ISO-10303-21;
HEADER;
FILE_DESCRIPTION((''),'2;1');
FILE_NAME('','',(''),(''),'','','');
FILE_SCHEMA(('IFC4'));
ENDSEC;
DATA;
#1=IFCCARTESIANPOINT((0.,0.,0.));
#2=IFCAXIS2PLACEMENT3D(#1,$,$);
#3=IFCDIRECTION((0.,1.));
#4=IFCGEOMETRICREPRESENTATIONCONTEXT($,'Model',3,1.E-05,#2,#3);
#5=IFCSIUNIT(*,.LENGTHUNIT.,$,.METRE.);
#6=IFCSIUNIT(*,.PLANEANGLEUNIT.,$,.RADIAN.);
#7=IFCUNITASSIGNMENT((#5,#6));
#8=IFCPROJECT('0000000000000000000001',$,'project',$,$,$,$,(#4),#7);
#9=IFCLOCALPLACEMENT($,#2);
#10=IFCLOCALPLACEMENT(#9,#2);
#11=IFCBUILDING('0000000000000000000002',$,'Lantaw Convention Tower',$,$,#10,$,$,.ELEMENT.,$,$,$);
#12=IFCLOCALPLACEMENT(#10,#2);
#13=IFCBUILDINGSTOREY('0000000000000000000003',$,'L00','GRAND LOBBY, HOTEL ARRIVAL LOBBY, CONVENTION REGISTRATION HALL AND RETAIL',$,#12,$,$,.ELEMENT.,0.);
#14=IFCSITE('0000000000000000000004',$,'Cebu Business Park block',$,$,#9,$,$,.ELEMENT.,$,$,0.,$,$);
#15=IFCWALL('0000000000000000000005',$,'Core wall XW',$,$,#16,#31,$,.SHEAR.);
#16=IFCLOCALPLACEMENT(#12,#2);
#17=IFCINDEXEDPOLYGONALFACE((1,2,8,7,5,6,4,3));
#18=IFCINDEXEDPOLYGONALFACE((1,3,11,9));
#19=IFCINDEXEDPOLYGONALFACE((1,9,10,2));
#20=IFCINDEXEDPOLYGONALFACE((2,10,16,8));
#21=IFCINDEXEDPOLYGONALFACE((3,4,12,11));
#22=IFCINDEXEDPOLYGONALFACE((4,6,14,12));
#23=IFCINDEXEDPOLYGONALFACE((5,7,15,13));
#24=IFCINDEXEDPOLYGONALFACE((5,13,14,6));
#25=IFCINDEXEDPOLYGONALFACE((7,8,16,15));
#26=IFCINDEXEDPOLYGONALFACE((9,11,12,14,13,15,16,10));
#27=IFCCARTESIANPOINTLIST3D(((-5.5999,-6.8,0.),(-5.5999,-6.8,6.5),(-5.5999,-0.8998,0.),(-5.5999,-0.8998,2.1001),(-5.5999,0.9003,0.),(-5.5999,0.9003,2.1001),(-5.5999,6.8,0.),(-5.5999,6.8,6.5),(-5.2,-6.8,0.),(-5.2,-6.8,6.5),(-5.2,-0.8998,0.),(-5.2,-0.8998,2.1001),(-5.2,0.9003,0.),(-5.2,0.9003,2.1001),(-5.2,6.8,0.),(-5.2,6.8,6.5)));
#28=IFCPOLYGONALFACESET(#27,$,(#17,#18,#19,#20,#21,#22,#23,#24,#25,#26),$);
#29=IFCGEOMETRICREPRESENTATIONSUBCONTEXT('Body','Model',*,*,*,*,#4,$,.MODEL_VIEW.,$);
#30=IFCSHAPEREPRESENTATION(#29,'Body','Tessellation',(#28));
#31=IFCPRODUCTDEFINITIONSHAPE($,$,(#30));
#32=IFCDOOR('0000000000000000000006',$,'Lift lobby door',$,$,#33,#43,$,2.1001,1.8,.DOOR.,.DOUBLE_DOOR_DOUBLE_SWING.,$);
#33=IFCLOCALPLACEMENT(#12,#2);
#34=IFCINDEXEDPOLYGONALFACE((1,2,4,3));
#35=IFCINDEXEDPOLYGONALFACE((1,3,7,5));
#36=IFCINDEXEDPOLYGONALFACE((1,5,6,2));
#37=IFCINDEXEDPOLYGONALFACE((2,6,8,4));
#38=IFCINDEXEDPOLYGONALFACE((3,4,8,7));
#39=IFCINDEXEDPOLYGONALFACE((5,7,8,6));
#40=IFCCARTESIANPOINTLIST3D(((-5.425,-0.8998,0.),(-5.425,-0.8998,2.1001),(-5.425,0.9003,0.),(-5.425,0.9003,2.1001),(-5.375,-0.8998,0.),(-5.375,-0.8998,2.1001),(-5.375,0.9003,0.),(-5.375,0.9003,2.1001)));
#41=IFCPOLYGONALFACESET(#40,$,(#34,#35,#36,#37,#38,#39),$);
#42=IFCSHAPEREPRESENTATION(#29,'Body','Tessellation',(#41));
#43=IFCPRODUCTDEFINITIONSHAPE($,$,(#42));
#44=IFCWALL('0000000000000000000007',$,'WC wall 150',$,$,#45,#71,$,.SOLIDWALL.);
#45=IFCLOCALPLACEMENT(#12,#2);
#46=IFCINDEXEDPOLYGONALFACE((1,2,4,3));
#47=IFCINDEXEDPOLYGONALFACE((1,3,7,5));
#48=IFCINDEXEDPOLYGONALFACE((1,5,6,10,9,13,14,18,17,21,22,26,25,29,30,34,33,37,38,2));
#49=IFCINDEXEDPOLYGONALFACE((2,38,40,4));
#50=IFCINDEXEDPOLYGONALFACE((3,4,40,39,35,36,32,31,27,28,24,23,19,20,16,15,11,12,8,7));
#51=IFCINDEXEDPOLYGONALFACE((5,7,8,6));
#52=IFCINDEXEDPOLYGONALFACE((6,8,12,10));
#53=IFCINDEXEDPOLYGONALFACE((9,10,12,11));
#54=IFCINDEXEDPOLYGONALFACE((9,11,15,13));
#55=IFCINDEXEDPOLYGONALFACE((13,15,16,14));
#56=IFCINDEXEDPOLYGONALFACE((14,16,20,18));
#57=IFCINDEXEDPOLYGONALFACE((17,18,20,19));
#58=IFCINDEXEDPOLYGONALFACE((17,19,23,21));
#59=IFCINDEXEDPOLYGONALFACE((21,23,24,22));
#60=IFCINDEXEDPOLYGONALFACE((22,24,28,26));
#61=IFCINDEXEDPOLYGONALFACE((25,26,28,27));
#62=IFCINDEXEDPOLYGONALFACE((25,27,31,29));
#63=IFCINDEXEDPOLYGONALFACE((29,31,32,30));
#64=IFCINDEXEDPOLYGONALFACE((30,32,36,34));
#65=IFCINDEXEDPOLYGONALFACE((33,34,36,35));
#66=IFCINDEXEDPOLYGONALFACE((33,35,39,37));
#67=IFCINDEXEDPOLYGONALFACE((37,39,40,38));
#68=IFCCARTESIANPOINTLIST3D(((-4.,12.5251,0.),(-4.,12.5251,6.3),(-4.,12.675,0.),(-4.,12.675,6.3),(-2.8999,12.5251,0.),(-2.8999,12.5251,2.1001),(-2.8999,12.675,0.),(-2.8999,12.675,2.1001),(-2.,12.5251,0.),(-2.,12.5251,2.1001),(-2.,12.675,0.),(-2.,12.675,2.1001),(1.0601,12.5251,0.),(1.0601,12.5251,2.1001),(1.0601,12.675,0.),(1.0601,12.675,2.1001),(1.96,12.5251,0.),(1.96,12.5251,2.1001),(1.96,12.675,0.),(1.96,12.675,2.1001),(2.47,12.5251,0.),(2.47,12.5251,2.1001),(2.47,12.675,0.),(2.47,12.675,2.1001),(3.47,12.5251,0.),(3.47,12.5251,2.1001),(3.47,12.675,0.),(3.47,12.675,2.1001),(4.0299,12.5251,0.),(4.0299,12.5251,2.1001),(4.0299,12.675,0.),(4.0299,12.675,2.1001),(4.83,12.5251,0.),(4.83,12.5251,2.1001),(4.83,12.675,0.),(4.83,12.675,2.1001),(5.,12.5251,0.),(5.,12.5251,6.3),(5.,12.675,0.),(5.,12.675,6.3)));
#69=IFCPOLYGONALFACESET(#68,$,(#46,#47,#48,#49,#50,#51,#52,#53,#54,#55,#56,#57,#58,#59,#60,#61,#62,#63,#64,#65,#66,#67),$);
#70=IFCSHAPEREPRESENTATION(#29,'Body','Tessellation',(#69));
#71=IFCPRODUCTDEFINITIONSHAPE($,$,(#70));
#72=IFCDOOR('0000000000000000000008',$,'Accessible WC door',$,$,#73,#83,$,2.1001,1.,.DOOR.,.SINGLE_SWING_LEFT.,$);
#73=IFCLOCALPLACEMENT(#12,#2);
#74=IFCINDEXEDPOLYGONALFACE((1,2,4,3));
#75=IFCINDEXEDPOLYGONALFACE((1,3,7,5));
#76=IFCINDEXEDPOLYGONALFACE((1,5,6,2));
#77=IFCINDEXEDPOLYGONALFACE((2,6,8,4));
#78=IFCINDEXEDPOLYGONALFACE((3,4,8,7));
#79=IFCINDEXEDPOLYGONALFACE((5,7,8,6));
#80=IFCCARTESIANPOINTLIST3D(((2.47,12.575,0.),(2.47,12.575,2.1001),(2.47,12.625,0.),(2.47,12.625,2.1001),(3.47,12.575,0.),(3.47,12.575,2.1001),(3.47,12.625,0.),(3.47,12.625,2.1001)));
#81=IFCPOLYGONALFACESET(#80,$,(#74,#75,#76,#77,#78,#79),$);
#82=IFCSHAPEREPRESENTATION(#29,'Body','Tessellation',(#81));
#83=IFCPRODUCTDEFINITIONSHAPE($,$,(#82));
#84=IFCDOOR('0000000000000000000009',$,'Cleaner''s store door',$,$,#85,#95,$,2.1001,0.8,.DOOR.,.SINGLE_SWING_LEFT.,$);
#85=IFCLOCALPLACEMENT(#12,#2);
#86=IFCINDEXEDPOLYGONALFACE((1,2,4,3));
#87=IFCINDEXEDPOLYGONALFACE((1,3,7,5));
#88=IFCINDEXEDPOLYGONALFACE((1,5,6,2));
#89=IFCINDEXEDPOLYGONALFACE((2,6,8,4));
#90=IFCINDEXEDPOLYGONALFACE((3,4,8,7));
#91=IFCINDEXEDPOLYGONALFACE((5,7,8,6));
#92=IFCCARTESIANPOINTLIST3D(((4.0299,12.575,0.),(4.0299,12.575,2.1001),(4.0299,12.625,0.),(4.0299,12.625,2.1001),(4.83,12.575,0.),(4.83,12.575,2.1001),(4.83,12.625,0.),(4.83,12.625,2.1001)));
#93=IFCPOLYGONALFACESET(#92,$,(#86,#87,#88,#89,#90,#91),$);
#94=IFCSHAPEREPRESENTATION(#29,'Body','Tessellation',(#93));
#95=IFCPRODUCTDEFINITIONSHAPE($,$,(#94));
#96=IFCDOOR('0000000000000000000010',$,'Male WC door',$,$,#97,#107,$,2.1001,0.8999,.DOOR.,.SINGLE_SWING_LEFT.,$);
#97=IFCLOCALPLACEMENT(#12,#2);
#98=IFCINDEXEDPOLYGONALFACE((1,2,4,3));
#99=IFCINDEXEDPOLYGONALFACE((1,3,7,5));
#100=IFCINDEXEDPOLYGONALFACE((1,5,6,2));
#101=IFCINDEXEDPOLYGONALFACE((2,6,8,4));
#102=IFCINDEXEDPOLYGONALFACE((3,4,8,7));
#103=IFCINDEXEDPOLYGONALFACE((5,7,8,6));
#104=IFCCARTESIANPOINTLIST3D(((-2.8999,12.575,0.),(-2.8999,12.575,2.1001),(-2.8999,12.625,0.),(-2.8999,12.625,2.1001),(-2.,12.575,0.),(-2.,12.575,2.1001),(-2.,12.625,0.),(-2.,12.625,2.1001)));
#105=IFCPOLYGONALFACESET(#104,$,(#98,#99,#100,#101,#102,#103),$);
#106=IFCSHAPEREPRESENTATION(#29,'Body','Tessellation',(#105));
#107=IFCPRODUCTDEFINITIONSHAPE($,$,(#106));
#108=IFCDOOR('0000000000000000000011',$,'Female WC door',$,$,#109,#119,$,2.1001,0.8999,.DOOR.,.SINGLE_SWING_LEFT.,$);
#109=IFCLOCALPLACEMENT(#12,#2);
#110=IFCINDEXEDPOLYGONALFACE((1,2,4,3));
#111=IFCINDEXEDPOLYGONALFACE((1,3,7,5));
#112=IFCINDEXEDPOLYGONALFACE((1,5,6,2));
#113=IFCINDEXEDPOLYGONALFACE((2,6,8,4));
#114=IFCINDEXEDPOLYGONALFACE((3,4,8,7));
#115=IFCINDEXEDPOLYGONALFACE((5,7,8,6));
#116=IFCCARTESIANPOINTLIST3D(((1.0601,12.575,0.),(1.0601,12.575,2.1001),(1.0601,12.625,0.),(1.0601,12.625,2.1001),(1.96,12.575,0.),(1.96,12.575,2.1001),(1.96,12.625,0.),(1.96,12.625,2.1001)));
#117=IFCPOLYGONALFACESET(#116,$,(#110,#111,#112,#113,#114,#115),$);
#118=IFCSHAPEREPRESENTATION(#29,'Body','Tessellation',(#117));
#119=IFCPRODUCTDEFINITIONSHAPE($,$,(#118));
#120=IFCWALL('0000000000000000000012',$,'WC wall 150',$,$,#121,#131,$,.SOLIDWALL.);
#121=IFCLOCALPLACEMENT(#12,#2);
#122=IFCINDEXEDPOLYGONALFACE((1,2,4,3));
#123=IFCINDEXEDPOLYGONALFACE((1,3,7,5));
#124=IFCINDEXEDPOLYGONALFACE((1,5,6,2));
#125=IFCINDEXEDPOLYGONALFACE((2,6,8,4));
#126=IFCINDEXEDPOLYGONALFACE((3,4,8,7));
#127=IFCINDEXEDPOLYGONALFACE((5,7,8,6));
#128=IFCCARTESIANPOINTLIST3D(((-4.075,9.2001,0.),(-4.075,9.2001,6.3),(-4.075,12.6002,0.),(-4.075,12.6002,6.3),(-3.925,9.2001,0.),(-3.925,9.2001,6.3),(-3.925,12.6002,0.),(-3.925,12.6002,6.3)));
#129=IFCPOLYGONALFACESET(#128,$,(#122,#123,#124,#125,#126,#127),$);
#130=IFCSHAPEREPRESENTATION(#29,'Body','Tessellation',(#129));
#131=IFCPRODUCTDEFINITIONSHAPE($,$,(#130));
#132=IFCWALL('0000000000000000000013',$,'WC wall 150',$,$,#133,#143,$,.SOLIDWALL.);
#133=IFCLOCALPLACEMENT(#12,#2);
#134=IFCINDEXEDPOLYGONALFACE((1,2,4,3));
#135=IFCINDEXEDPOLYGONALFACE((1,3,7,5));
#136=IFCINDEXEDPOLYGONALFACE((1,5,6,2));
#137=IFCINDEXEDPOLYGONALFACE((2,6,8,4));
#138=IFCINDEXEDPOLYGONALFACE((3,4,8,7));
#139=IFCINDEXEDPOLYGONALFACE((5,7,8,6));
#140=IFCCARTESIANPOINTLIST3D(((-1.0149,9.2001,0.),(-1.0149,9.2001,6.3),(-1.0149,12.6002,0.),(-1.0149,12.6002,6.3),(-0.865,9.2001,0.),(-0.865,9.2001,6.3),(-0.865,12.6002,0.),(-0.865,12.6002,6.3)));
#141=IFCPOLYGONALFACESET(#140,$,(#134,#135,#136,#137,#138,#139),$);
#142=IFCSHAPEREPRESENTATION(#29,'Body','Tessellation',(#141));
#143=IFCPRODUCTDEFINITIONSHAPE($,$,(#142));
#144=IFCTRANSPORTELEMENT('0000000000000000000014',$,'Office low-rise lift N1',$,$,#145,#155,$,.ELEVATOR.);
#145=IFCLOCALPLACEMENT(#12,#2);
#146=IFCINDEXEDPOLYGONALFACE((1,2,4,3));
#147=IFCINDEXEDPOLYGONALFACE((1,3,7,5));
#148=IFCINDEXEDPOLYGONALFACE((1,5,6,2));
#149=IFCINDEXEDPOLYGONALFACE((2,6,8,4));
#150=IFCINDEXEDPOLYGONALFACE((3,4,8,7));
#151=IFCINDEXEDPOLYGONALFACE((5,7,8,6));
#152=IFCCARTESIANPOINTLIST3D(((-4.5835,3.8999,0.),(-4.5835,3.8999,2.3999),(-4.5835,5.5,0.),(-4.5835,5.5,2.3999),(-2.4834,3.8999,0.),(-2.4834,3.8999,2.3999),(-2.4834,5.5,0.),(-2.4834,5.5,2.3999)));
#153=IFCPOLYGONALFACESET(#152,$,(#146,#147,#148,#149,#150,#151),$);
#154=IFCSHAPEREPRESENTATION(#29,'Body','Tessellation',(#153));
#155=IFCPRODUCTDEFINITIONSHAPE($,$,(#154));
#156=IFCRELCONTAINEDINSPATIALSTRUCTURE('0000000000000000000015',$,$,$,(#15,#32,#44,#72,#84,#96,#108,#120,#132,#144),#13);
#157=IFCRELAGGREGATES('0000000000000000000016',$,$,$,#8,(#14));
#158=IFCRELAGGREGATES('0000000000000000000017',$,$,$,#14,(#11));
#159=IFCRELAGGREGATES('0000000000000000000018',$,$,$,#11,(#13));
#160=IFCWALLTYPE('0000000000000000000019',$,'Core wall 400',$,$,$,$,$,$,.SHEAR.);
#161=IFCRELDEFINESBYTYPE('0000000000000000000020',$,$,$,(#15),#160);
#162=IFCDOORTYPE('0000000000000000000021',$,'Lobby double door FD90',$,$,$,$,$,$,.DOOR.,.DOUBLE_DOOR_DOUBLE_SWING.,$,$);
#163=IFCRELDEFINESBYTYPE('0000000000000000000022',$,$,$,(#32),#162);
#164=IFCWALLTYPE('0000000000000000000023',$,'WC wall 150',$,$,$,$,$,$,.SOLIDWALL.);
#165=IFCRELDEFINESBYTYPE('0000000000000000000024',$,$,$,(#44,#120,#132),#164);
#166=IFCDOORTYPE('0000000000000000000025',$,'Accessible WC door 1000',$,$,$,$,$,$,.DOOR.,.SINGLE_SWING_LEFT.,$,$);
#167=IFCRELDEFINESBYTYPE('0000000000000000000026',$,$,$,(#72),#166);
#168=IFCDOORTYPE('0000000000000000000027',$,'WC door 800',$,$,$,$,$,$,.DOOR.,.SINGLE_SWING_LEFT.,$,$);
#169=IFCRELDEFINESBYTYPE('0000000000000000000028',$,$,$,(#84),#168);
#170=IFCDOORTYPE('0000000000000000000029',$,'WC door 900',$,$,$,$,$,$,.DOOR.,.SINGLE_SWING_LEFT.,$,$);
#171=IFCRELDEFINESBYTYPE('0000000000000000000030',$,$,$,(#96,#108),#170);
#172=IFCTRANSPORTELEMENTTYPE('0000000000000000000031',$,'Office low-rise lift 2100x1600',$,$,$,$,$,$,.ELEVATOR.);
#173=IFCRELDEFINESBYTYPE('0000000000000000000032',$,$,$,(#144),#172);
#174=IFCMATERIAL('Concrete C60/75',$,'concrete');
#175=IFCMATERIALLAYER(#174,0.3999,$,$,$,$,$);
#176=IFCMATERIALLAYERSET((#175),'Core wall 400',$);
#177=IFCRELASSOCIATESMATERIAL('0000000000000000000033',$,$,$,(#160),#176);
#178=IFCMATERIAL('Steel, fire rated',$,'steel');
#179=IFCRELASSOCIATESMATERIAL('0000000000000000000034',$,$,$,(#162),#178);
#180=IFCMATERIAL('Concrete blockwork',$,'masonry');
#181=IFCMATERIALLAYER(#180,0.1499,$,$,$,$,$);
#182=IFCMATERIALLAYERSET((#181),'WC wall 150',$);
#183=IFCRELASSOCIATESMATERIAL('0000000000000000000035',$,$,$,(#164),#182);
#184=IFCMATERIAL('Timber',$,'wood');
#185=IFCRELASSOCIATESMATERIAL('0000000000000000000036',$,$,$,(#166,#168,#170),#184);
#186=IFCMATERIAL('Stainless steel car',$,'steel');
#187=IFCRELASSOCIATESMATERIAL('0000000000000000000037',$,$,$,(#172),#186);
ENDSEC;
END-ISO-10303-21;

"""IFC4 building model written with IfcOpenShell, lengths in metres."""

from ifc_helpers import new_model, si_unit, direction, frame, frame_2d, origin, origin_2d, place, context, subcontext, project, spatial, rectangle, extrude, material, layer, layer_set, type_object, element, fill, save


model = new_model("IFC4")

# Units and contexts
model_context = context("Model", 3, precision=1e-05, world=origin(), true_north=direction((0.0, 1.0)))
body_context = subcontext(model_context, "Body", "Model", "MODEL_VIEW")
ifc_project = project(units=[si_unit("LENGTHUNIT", "METRE"), si_unit("PLANEANGLEUNIT", "RADIAN")], contexts=[model_context])

# Site, building, storey
site_placement = place(None, origin())
site = spatial("IfcSite", under=ifc_project, at=site_placement, Name="Cebu Business Park block", CompositionType="ELEMENT", RefElevation=0.0)
building_placement = place(site_placement, origin())
building = spatial("IfcBuilding", under=site, at=building_placement, Name="Lantaw Convention Tower", CompositionType="ELEMENT")
storey_placement = place(building_placement, origin())
storey = spatial("IfcBuildingStorey", under=building, at=storey_placement, Name="L00", Description="GRAND LOBBY, HOTEL ARRIVAL LOBBY, CONVENTION REGISTRATION HALL AND RETAIL", CompositionType="ELEMENT", Elevation=0.0)

# Shared definitions
ifc_material_1 = material(Name="Concrete C60/75", Category="concrete")

# Wall, opening, door
ifc_layer_1 = layer(ifc_material_1, 0.3999)
ifc_layer_set_1 = layer_set([ifc_layer_1], Name="Core wall 400")
wall_type_1 = type_object("IfcWallType", Name="Core wall 400", PredefinedType="SHEAR", material=ifc_layer_set_1)
wall_1_placement = place(storey_placement, frame((-5.3999, 6.8, 0.0), z_axis=(0.0, 0.0, 1.0), x_axis=(0.0, -1.0, 0.0)))
wall_1 = element("IfcWall", 1, at=wall_1_placement, inside=storey, type_object=wall_type_1, Name="Core wall XW", PredefinedType="SHEAR", context=body_context, shape_type="SweptSolid", body=[
    extrude(rectangle(XDim=13.6001, YDim=0.3999, at=frame_2d((6.8, 0.0))), origin(), (0.0, 0.0, 1.0), 6.5),
])
opening_1_placement = place(wall_1_placement, frame((5.8999, 0.0, 0.0)))
opening_1 = element("IfcOpeningElement", 2, at=opening_1_placement, cuts=wall_1, PredefinedType="OPENING", context=body_context, shape_type="SweptSolid", body=[
    extrude(rectangle(XDim=1.8, YDim=2.1001, at=frame_2d((0.8999, 1.05))), frame((0.0, 0.21, 0.0), z_axis=(0.0, -1.0, 0.0), x_axis=(1.0, 0.0, 0.0)), (0.0, 0.0, 1.0), 0.4199),
])
ifc_material_2 = material(Name="Steel, fire rated", Category="steel")
door_type_1 = type_object("IfcDoorType", Name="Lobby double door FD90", OperationType="DOUBLE_DOOR_DOUBLE_SWING", PredefinedType="DOOR", material=ifc_material_2)
door_1_placement = place(opening_1_placement, origin())
door_1 = element("IfcDoor", 3, at=door_1_placement, inside=storey, type_object=door_type_1, Name="Lift lobby door", OperationType="DOUBLE_DOOR_DOUBLE_SWING", OverallHeight=2.1001, OverallWidth=1.8, PredefinedType="DOOR", context=body_context, shape_type="SweptSolid", body=[
    extrude(rectangle(XDim=1.8, YDim=2.1001, at=frame_2d((0.8999, 1.05))), frame((0.0, 0.0249, 0.0), z_axis=(0.0, -1.0, 0.0), x_axis=(1.0, 0.0, 0.0)), (0.0, 0.0, 1.0), 0.05),
])
fill(opening_1, door_1)
ifc_material_3 = material(Name="Concrete blockwork", Category="masonry")
ifc_material_4 = material(Name="Timber", Category="wood")

# Wall, openings, doors
ifc_layer_2 = layer(ifc_material_3, 0.1499)
ifc_layer_set_2 = layer_set([ifc_layer_2], Name="WC wall 150")
wall_type_2 = type_object("IfcWallType", Name="WC wall 150", PredefinedType="SOLIDWALL", material=ifc_layer_set_2)
wall_2_placement = place(storey_placement, frame((-4.0, 12.6001, 0.0), z_axis=(0.0, 0.0, 1.0), x_axis=(1.0, 0.0, 0.0)))
wall_2 = element("IfcWall", 4, at=wall_2_placement, inside=storey, type_object=wall_type_2, Name="WC wall 150", PredefinedType="SOLIDWALL", context=body_context, shape_type="SweptSolid", body=[
    extrude(rectangle(XDim=9.0, YDim=0.1499, at=frame_2d((4.5, 0.0))), origin(), (0.0, 0.0, 1.0), 6.3),
])
opening_2_placement = place(wall_2_placement, frame((1.1001, 0.0, 0.0)))
opening_2 = element("IfcOpeningElement", 5, at=opening_2_placement, cuts=wall_2, PredefinedType="OPENING", context=body_context, shape_type="SweptSolid", body=[
    extrude(rectangle(XDim=0.8999, YDim=2.1001, at=frame_2d((0.45, 1.05))), frame((0.0, 0.085, 0.0), z_axis=(0.0, -1.0, 0.0), x_axis=(1.0, 0.0, 0.0)), (0.0, 0.0, 1.0), 0.1699),
])
opening_3_placement = place(wall_2_placement, frame((5.0601, 0.0, 0.0)))
opening_3 = element("IfcOpeningElement", 6, at=opening_3_placement, cuts=wall_2, PredefinedType="OPENING", context=body_context, shape_type="SweptSolid", body=[
    extrude(rectangle(XDim=0.8999, YDim=2.1001, at=frame_2d((0.45, 1.05))), frame((0.0, 0.085, 0.0), z_axis=(0.0, -1.0, 0.0), x_axis=(1.0, 0.0, 0.0)), (0.0, 0.0, 1.0), 0.1699),
])
opening_4_placement = place(wall_2_placement, frame((6.47, 0.0, 0.0)))
opening_4 = element("IfcOpeningElement", 7, at=opening_4_placement, cuts=wall_2, PredefinedType="OPENING", context=body_context, shape_type="SweptSolid", body=[
    extrude(rectangle(XDim=1.0, YDim=2.1001, at=frame_2d((0.5, 1.05))), frame((0.0, 0.085, 0.0), z_axis=(0.0, -1.0, 0.0), x_axis=(1.0, 0.0, 0.0)), (0.0, 0.0, 1.0), 0.1699),
])
opening_5_placement = place(wall_2_placement, frame((8.03, 0.0, 0.0)))
opening_5 = element("IfcOpeningElement", 8, at=opening_5_placement, cuts=wall_2, PredefinedType="OPENING", context=body_context, shape_type="SweptSolid", body=[
    extrude(rectangle(XDim=0.8, YDim=2.1001, at=frame_2d((0.3999, 1.05))), frame((0.0, 0.085, 0.0), z_axis=(0.0, -1.0, 0.0), x_axis=(1.0, 0.0, 0.0)), (0.0, 0.0, 1.0), 0.1699),
])
door_type_2 = type_object("IfcDoorType", Name="Accessible WC door 1000", OperationType="SINGLE_SWING_LEFT", PredefinedType="DOOR", material=ifc_material_4)
door_2_placement = place(opening_4_placement, origin())
door_2 = element("IfcDoor", 9, at=door_2_placement, inside=storey, type_object=door_type_2, Name="Accessible WC door", OperationType="SINGLE_SWING_LEFT", OverallHeight=2.1001, OverallWidth=1.0, PredefinedType="DOOR", context=body_context, shape_type="SweptSolid", body=[
    extrude(rectangle(XDim=1.0, YDim=2.1001, at=frame_2d((0.5, 1.05))), frame((0.0, 0.0249, 0.0), z_axis=(0.0, -1.0, 0.0), x_axis=(1.0, 0.0, 0.0)), (0.0, 0.0, 1.0), 0.05),
])
fill(opening_4, door_2)
door_type_3 = type_object("IfcDoorType", Name="WC door 800", OperationType="SINGLE_SWING_LEFT", PredefinedType="DOOR", material=ifc_material_4)
door_3_placement = place(opening_5_placement, origin())
door_3 = element("IfcDoor", 10, at=door_3_placement, inside=storey, type_object=door_type_3, Name="Cleaner's store door", OperationType="SINGLE_SWING_LEFT", OverallHeight=2.1001, OverallWidth=0.8, PredefinedType="DOOR", context=body_context, shape_type="SweptSolid", body=[
    extrude(rectangle(XDim=0.8, YDim=2.1001, at=frame_2d((0.3999, 1.05))), frame((0.0, 0.0249, 0.0), z_axis=(0.0, -1.0, 0.0), x_axis=(1.0, 0.0, 0.0)), (0.0, 0.0, 1.0), 0.05),
])
fill(opening_5, door_3)
door_type_4 = type_object("IfcDoorType", Name="WC door 900", OperationType="SINGLE_SWING_LEFT", PredefinedType="DOOR", material=ifc_material_4)
door_4_placement = place(opening_2_placement, origin())
door_4 = element("IfcDoor", 11, at=door_4_placement, inside=storey, type_object=door_type_4, Name="Male WC door", OperationType="SINGLE_SWING_LEFT", OverallHeight=2.1001, OverallWidth=0.8999, PredefinedType="DOOR", context=body_context, shape_type="SweptSolid", body=[
    extrude(rectangle(XDim=0.8999, YDim=2.1001, at=frame_2d((0.45, 1.05))), frame((0.0, 0.0249, 0.0), z_axis=(0.0, -1.0, 0.0), x_axis=(1.0, 0.0, 0.0)), (0.0, 0.0, 1.0), 0.05),
])
fill(opening_2, door_4)
door_5_placement = place(opening_3_placement, origin())
door_5 = element("IfcDoor", 12, at=door_5_placement, inside=storey, type_object=door_type_4, Name="Female WC door", OperationType="SINGLE_SWING_LEFT", OverallHeight=2.1001, OverallWidth=0.8999, PredefinedType="DOOR", context=body_context, shape_type="SweptSolid", body=[
    extrude(rectangle(XDim=0.8999, YDim=2.1001, at=frame_2d((0.45, 1.05))), frame((0.0, 0.0249, 0.0), z_axis=(0.0, -1.0, 0.0), x_axis=(1.0, 0.0, 0.0)), (0.0, 0.0, 1.0), 0.05),
])
fill(opening_3, door_5)

# Walls
for number, where, z_axis, x_axis, name in (
    (13, (-4.0, 9.2, 0.0), (0.0, 0.0, 1.0), (0.0, 1.0, 0.0), "WC wall 150"),
    (14, (-0.9399, 9.2, 0.0), (0.0, 0.0, 1.0), (0.0, 1.0, 0.0), "WC wall 150"),
):
    element("IfcWall", number, at=place(storey_placement, frame(where, z_axis=z_axis, x_axis=x_axis)), inside=storey, type_object=wall_type_2, Name=name, PredefinedType="SOLIDWALL", context=body_context, shape_type="SweptSolid", body=[
        extrude(rectangle(XDim=3.4001, YDim=0.1499, at=frame_2d((1.7002, 0.0))), origin(), (0.0, 0.0, 1.0), 6.3),
    ])

# Transport element
ifc_material_5 = material(Name="Stainless steel car", Category="steel")
transport_element_type = type_object("IfcTransportElementType", Name="Office low-rise lift 2100x1600", PredefinedType="ELEVATOR", material=ifc_material_5)
transport_element_placement = place(storey_placement, frame((-3.5334, 4.7, 0.0), z_axis=(0.0, 0.0, 1.0), x_axis=(1.0, 0.0, 0.0)))
element("IfcTransportElement", 15, at=transport_element_placement, inside=storey, type_object=transport_element_type, Name="Office low-rise lift N1", PredefinedType="ELEVATOR", context=body_context, shape_type="SweptSolid", body=[
    extrude(rectangle(XDim=2.1001, YDim=1.6001, at=origin_2d()), origin(), (0.0, 0.0, 1.0), 2.3999),
])

save(model, "model.ifc")
